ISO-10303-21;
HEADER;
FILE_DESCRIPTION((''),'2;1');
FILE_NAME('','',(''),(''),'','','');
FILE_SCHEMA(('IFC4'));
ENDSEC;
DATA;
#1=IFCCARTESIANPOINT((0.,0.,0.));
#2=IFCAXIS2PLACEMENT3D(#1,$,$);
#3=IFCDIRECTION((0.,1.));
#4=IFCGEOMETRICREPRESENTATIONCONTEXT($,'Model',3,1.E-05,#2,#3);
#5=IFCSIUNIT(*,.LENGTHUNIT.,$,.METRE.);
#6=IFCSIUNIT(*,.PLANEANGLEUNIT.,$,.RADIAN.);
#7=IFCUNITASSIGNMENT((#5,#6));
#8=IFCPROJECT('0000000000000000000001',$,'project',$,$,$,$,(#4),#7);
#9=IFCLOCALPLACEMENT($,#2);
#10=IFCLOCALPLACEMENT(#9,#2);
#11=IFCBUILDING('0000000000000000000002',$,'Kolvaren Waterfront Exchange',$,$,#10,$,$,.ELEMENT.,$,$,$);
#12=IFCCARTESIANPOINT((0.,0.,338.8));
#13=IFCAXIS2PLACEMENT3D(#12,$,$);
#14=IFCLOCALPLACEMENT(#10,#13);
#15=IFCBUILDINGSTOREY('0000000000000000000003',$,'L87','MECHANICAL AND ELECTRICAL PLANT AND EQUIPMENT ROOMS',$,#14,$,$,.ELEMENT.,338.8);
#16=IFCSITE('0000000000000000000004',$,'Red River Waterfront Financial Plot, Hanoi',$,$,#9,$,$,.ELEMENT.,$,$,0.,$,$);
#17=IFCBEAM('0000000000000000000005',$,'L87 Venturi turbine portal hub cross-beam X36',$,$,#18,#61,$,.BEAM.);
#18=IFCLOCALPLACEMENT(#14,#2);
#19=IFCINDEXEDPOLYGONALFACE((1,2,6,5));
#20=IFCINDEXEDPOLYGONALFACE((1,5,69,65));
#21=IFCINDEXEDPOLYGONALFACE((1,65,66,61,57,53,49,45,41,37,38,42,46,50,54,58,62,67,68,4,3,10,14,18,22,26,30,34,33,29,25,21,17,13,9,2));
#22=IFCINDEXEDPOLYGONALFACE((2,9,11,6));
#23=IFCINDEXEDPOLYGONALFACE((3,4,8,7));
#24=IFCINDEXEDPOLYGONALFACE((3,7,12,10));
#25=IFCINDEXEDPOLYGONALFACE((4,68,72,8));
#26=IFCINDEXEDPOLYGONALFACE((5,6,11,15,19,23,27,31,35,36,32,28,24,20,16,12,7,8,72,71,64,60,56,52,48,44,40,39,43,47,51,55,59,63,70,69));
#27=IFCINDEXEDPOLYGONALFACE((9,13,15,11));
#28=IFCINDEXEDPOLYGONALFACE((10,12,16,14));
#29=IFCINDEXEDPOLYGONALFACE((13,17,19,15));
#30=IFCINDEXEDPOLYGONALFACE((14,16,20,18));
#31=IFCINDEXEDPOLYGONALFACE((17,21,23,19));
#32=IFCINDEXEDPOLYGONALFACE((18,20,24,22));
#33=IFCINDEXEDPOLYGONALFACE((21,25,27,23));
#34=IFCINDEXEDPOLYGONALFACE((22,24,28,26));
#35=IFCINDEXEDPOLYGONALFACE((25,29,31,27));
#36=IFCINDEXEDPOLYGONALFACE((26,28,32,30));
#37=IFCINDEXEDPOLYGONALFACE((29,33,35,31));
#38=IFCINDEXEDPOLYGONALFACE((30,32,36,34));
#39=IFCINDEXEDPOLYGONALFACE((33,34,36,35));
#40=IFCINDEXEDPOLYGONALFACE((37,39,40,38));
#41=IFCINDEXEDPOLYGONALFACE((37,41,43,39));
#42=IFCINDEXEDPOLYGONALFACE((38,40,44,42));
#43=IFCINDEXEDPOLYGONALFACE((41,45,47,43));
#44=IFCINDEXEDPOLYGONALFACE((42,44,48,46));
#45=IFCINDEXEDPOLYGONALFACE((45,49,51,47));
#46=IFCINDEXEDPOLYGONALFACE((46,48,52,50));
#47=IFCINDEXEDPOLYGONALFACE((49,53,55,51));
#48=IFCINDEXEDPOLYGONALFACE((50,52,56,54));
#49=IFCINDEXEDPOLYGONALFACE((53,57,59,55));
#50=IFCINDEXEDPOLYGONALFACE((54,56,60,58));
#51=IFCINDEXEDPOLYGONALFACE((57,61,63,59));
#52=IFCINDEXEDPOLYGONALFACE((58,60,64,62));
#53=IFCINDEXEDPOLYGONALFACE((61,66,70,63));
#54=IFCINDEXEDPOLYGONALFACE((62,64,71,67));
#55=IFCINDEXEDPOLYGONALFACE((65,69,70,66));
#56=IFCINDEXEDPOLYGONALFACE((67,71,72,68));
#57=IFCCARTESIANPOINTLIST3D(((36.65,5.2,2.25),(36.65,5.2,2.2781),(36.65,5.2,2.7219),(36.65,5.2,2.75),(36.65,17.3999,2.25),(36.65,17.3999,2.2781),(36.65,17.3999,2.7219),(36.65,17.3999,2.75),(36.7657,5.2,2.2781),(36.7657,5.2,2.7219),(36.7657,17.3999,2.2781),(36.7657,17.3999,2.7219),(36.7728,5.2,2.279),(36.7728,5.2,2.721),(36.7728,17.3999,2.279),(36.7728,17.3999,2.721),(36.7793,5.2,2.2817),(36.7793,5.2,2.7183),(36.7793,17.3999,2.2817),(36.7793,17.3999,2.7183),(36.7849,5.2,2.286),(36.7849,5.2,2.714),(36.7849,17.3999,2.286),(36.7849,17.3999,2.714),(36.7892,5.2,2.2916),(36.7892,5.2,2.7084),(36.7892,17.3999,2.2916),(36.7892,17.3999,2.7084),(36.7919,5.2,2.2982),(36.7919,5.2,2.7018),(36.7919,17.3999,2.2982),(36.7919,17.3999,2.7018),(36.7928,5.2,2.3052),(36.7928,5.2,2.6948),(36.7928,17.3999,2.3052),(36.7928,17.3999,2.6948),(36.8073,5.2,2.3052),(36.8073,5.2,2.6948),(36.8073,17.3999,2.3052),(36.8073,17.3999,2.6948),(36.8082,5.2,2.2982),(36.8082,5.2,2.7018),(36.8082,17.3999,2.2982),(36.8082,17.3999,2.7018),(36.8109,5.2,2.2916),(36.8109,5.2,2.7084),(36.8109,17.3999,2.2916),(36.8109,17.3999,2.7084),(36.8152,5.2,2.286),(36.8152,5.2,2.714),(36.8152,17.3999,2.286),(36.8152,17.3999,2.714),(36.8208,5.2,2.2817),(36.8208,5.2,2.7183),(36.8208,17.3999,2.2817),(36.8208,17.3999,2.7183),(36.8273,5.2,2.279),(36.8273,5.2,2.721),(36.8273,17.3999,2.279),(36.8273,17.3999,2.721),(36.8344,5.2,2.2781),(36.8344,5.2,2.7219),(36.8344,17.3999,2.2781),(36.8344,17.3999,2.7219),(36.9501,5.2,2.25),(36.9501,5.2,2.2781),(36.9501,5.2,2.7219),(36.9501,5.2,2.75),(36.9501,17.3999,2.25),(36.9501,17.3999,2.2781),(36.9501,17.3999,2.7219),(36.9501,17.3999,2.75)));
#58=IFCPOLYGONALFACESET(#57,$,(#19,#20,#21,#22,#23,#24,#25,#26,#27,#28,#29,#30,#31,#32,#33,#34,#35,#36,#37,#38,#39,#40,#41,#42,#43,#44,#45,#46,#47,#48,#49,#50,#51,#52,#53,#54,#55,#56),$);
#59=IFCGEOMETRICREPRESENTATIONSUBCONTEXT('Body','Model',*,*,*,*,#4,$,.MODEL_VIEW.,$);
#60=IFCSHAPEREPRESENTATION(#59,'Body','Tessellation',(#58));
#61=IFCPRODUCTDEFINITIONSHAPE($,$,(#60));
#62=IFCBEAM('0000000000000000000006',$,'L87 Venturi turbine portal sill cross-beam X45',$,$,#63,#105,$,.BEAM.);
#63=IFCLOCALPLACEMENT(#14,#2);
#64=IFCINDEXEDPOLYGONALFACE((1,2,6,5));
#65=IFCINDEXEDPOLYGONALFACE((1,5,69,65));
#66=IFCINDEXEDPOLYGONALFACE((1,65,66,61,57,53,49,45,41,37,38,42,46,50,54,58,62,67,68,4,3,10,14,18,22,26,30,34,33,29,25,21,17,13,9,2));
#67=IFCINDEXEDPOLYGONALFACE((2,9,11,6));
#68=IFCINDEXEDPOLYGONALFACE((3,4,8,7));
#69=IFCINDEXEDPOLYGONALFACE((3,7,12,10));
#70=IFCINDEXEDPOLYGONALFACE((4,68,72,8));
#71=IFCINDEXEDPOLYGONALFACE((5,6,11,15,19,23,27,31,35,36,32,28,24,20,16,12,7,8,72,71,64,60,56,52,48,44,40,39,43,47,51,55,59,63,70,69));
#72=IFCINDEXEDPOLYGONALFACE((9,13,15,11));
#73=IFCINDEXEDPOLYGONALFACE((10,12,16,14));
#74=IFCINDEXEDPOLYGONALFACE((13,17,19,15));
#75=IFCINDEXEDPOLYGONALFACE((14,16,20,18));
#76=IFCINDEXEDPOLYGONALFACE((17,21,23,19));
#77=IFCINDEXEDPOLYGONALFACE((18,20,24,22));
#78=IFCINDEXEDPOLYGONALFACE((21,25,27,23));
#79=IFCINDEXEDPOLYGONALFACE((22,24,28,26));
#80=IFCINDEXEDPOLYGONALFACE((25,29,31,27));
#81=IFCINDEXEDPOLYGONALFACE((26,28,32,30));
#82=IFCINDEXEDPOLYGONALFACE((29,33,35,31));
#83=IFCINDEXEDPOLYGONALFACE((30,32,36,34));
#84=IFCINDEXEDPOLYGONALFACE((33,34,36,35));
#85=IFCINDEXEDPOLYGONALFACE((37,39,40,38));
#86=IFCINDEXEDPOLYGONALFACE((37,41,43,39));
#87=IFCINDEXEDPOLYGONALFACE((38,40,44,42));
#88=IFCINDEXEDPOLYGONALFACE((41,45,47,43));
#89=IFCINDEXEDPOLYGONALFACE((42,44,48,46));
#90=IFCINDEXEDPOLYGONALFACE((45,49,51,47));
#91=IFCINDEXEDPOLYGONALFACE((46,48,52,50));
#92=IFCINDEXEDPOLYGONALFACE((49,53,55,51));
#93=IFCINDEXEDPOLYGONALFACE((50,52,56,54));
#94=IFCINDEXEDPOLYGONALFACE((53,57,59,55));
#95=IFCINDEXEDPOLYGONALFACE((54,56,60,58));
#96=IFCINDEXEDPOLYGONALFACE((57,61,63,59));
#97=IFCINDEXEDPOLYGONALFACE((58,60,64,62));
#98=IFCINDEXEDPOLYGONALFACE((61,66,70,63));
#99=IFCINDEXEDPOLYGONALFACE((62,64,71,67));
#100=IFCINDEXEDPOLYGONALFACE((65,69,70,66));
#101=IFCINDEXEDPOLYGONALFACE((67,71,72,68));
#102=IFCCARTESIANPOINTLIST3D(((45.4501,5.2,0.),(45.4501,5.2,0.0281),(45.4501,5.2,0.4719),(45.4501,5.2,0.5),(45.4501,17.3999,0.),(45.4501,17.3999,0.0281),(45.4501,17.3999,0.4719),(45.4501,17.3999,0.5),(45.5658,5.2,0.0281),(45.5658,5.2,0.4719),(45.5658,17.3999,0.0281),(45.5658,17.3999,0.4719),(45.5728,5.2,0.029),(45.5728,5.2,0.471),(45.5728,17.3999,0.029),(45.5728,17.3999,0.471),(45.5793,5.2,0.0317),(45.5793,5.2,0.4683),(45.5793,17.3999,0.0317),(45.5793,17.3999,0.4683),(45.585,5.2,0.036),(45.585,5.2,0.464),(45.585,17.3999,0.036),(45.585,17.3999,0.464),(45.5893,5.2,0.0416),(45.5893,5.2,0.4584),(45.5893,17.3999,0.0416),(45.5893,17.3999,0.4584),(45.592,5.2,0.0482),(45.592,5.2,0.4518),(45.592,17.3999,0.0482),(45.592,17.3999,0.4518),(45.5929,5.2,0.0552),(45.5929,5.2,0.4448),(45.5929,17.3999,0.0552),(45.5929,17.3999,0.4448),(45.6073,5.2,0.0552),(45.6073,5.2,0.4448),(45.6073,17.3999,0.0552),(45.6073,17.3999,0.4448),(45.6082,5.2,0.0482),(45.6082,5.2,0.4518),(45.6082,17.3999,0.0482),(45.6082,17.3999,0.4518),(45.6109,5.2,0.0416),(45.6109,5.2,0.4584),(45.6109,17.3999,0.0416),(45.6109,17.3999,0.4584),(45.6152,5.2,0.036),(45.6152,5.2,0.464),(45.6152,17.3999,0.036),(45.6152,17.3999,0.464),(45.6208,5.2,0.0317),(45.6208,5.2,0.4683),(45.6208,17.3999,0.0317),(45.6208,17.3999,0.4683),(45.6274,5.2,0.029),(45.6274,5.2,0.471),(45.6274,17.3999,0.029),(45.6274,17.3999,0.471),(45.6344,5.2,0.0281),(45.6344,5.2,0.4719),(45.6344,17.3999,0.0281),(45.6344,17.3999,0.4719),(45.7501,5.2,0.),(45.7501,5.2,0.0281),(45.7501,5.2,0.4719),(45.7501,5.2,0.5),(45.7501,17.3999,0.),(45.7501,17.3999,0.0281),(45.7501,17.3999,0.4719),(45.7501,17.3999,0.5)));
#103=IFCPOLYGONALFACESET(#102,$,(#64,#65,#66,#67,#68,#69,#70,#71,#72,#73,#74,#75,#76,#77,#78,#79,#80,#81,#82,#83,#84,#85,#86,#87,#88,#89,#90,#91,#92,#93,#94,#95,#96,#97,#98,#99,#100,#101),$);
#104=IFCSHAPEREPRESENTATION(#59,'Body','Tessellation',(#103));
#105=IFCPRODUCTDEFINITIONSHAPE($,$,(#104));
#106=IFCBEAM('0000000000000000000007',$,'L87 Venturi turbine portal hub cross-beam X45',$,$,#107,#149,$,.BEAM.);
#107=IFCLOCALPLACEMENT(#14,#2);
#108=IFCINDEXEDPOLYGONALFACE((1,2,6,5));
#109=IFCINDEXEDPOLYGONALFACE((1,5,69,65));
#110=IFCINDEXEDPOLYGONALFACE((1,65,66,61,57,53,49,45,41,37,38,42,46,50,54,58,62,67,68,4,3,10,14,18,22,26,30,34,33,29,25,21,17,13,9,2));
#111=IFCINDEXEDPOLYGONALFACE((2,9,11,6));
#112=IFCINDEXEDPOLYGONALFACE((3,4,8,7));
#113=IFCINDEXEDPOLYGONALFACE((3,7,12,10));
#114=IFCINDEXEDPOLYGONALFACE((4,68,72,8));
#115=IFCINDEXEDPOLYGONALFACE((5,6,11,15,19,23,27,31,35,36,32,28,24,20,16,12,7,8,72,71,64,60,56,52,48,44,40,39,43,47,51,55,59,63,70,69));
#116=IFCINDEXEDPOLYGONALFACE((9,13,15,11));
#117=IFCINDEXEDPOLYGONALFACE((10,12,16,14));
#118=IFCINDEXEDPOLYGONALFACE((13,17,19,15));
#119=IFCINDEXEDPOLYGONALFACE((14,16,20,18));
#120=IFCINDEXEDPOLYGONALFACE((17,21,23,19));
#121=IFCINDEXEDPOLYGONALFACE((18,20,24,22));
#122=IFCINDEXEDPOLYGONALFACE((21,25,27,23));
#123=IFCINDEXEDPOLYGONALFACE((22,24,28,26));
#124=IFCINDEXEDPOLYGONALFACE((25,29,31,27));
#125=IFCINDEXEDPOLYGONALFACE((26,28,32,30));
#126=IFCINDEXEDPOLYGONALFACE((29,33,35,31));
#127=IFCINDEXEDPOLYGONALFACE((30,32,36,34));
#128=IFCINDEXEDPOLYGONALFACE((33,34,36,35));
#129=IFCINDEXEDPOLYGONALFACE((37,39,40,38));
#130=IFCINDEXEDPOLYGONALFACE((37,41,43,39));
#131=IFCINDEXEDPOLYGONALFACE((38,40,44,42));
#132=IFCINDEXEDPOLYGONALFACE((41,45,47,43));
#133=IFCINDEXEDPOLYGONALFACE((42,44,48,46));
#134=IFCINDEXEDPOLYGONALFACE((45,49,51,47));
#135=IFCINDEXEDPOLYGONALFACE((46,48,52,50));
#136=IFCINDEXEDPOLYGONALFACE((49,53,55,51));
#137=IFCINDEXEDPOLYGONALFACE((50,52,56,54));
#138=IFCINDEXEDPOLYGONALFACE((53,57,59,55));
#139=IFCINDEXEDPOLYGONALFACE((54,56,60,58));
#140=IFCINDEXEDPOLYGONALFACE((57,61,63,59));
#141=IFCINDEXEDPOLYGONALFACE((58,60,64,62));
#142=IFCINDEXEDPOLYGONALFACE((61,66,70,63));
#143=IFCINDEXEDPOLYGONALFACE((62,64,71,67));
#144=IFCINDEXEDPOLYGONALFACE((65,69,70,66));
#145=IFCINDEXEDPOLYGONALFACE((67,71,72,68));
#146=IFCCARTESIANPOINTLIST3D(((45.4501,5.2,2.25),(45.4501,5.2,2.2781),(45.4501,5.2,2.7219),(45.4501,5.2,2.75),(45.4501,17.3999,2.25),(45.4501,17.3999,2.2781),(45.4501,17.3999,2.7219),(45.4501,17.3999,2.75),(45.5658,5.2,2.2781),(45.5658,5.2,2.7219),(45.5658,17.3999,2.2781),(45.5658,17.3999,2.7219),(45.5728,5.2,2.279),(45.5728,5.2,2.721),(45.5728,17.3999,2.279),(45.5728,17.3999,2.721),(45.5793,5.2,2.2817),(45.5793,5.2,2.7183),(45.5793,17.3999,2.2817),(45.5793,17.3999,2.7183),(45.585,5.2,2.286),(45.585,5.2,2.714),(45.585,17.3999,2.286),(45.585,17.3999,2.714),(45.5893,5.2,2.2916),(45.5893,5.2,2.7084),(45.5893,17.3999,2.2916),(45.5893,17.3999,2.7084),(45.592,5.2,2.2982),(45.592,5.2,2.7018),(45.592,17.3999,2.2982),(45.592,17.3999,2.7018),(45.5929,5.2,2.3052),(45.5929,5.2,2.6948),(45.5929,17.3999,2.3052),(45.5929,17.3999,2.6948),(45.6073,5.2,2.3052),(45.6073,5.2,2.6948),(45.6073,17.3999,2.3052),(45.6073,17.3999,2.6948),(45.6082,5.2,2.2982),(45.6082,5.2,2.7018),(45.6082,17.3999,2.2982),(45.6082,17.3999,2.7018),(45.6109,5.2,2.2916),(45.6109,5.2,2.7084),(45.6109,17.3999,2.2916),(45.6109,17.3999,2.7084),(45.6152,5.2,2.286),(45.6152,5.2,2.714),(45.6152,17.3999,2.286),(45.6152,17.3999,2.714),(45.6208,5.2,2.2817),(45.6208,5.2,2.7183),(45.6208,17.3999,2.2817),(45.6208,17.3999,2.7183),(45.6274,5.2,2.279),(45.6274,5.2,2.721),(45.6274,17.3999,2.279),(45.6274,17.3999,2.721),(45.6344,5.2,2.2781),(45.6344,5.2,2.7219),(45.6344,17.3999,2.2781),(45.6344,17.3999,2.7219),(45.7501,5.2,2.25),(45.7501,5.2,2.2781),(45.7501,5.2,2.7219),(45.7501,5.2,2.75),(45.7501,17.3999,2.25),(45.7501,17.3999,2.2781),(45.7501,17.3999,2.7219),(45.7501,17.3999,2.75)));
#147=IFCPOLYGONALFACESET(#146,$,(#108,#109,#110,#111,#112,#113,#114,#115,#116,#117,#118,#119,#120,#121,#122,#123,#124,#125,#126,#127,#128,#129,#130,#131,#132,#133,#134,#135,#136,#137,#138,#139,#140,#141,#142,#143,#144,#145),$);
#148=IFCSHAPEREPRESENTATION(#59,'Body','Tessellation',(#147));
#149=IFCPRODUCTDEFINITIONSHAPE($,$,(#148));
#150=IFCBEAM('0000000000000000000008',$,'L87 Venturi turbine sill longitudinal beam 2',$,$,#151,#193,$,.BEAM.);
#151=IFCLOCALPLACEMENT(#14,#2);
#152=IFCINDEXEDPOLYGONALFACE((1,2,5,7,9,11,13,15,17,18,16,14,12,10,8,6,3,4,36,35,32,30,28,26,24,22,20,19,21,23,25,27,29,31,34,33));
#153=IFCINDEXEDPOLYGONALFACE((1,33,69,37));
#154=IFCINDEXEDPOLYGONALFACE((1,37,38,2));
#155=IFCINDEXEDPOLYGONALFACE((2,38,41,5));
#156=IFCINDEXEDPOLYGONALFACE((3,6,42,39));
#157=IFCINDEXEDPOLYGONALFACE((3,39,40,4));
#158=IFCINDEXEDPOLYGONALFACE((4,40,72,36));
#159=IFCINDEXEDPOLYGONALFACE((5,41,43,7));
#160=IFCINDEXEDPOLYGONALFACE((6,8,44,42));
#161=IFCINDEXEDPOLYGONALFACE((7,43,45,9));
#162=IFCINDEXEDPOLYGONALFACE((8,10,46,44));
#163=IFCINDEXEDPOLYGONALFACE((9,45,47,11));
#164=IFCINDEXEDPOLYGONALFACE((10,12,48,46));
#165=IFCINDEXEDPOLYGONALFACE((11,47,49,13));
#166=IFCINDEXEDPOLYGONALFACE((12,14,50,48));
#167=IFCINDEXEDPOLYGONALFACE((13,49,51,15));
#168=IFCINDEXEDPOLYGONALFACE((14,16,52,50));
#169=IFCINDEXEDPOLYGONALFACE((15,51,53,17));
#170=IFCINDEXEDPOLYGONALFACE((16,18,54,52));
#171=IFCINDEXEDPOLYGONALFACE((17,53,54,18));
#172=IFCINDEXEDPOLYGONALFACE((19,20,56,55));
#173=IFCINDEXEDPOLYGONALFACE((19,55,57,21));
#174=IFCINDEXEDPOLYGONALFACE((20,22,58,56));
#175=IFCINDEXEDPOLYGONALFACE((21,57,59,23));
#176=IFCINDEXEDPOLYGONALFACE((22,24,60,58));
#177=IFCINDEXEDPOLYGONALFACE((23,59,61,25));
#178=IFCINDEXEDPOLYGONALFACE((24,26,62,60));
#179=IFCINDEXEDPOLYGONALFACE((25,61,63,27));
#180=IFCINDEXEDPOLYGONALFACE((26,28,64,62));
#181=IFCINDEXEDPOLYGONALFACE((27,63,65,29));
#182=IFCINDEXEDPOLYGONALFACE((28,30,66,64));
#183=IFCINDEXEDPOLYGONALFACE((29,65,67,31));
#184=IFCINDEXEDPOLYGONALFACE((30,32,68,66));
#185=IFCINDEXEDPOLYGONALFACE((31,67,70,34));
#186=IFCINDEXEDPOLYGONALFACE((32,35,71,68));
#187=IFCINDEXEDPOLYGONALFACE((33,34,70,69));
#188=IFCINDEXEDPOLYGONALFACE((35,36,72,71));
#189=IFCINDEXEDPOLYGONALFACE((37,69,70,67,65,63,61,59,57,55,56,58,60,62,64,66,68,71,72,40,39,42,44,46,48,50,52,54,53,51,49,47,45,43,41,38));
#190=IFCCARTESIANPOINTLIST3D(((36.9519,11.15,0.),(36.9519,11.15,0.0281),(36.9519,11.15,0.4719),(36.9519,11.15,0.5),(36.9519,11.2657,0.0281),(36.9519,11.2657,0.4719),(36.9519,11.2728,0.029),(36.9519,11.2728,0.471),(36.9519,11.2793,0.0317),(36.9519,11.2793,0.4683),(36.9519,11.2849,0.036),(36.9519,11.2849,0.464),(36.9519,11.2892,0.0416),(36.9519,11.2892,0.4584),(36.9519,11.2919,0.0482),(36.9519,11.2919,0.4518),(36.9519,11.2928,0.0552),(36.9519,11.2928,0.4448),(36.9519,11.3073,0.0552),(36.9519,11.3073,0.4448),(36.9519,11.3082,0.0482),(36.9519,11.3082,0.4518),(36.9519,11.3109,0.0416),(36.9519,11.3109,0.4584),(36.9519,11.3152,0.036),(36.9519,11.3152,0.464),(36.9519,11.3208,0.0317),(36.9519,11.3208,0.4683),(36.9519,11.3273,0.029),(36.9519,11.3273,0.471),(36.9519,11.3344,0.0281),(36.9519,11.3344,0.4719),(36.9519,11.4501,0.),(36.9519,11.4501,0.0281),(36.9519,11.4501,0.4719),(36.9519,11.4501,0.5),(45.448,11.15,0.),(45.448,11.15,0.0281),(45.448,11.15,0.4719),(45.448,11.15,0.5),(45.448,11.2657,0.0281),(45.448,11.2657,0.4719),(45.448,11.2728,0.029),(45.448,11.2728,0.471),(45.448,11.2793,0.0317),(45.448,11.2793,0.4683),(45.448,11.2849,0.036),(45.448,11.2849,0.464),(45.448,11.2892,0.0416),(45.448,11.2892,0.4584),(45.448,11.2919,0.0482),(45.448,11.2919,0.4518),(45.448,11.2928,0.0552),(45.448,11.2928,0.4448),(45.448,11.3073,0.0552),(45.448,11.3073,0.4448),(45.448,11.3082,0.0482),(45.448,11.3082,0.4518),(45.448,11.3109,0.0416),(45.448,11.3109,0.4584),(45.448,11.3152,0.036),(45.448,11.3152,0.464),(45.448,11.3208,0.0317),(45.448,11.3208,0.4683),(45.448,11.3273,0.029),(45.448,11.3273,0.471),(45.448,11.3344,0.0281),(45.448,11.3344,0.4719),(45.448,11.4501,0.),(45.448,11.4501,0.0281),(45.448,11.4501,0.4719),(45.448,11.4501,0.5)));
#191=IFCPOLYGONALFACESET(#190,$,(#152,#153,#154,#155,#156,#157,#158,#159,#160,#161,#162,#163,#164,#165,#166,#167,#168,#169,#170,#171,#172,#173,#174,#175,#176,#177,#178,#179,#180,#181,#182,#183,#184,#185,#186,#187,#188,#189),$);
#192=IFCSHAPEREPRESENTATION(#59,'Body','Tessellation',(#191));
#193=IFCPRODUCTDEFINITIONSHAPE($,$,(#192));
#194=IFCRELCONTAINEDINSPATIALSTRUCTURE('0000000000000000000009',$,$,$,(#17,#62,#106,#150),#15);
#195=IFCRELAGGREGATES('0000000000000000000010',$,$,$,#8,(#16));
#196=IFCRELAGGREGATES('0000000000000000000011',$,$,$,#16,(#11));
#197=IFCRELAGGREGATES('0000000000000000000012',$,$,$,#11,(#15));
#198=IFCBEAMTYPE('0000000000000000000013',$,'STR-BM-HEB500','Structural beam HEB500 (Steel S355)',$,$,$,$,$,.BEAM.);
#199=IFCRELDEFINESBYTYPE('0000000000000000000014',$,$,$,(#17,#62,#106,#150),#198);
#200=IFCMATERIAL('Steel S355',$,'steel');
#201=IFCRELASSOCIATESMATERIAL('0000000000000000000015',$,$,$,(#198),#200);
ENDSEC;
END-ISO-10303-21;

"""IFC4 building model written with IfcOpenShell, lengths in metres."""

from ifc_helpers import new_model, si_unit, direction, frame, origin, origin_2d, place, context, subcontext, project, spatial, i_section, extrude, material, material_profile, profile_set, type_object, element, save


model = new_model("IFC4")

# Units and contexts
model_context = context("Model", 3, precision=1e-05, world=origin(), true_north=direction((0.0, 1.0)))
body_context = subcontext(model_context, "Body", "Model", "MODEL_VIEW")
ifc_project = project(units=[si_unit("LENGTHUNIT", "METRE"), si_unit("PLANEANGLEUNIT", "RADIAN")], contexts=[model_context])

# Site, building, storey
site_placement = place(None, origin())
site = spatial("IfcSite", under=ifc_project, at=site_placement, Name="Red River Waterfront Financial Plot, Hanoi", CompositionType="ELEMENT", RefElevation=0.0)
building_placement = place(site_placement, origin())
building = spatial("IfcBuilding", under=site, at=building_placement, Name="Kolvaren Waterfront Exchange", CompositionType="ELEMENT")
storey_placement = place(building_placement, frame((0.0, 0.0, 338.8)))
storey = spatial("IfcBuildingStorey", under=building, at=storey_placement, Name="L87", Description="MECHANICAL AND ELECTRICAL PLANT AND EQUIPMENT ROOMS", CompositionType="ELEMENT", Elevation=338.8)

# Beams
ifc_material_1 = material(Name="Steel S355", Category="steel")
ifc_material_profile_1 = material_profile(ifc_material_1, i_section(OverallWidth=0.3, OverallDepth=0.5, WebThickness=0.0144, FlangeThickness=0.0281, FilletRadius=0.0271, at=origin_2d()), Name="HEB500")
ifc_profile_set_1 = profile_set([ifc_material_profile_1], Name="Steel S355")
beam_type_1 = type_object("IfcBeamType", Name="STR-BM-HEB500", Description="Structural beam HEB500 (Steel S355)", PredefinedType="BEAM", material=ifc_profile_set_1)
for number, where, z_axis, x_axis, name in (
    (1, (36.8, 5.2, 2.5), (0.0, 1.0, 0.0), (-1.0, 0.0, 0.0), "L87 Venturi turbine portal hub cross-beam X36"),
    (2, (45.6001, 5.2, 0.25), (0.0, 1.0, 0.0), (-1.0, 0.0, 0.0), "L87 Venturi turbine portal sill cross-beam X45"),
    (3, (45.6001, 5.2, 2.5), (0.0, 1.0, 0.0), (-1.0, 0.0, 0.0), "L87 Venturi turbine portal hub cross-beam X45"),
):
    element("IfcBeam", number, at=place(storey_placement, frame(where, z_axis=z_axis, x_axis=x_axis)), inside=storey, type_object=beam_type_1, Name=name, PredefinedType="BEAM", context=body_context, shape_type="SweptSolid", body=[
        extrude(i_section(OverallWidth=0.3, OverallDepth=0.5, WebThickness=0.0144, FlangeThickness=0.0281, FilletRadius=0.0271, at=origin_2d()), origin(), (0.0, 0.0, 1.0), 12.2),
    ])
for number, where, z_axis, x_axis, name in (
    (4, (36.9519, 11.3, 0.25), (1.0, 0.0, 0.0), (0.0, 1.0, 0.0), "L87 Venturi turbine sill longitudinal beam 2"),
):
    element("IfcBeam", number, at=place(storey_placement, frame(where, z_axis=z_axis, x_axis=x_axis)), inside=storey, type_object=beam_type_1, Name=name, PredefinedType="BEAM", context=body_context, shape_type="SweptSolid", body=[
        extrude(i_section(OverallWidth=0.3, OverallDepth=0.5, WebThickness=0.0144, FlangeThickness=0.0281, FilletRadius=0.0271, at=origin_2d()), origin(), (0.0, 0.0, 1.0), 8.4961),
    ])

save(model, "model.ifc")
